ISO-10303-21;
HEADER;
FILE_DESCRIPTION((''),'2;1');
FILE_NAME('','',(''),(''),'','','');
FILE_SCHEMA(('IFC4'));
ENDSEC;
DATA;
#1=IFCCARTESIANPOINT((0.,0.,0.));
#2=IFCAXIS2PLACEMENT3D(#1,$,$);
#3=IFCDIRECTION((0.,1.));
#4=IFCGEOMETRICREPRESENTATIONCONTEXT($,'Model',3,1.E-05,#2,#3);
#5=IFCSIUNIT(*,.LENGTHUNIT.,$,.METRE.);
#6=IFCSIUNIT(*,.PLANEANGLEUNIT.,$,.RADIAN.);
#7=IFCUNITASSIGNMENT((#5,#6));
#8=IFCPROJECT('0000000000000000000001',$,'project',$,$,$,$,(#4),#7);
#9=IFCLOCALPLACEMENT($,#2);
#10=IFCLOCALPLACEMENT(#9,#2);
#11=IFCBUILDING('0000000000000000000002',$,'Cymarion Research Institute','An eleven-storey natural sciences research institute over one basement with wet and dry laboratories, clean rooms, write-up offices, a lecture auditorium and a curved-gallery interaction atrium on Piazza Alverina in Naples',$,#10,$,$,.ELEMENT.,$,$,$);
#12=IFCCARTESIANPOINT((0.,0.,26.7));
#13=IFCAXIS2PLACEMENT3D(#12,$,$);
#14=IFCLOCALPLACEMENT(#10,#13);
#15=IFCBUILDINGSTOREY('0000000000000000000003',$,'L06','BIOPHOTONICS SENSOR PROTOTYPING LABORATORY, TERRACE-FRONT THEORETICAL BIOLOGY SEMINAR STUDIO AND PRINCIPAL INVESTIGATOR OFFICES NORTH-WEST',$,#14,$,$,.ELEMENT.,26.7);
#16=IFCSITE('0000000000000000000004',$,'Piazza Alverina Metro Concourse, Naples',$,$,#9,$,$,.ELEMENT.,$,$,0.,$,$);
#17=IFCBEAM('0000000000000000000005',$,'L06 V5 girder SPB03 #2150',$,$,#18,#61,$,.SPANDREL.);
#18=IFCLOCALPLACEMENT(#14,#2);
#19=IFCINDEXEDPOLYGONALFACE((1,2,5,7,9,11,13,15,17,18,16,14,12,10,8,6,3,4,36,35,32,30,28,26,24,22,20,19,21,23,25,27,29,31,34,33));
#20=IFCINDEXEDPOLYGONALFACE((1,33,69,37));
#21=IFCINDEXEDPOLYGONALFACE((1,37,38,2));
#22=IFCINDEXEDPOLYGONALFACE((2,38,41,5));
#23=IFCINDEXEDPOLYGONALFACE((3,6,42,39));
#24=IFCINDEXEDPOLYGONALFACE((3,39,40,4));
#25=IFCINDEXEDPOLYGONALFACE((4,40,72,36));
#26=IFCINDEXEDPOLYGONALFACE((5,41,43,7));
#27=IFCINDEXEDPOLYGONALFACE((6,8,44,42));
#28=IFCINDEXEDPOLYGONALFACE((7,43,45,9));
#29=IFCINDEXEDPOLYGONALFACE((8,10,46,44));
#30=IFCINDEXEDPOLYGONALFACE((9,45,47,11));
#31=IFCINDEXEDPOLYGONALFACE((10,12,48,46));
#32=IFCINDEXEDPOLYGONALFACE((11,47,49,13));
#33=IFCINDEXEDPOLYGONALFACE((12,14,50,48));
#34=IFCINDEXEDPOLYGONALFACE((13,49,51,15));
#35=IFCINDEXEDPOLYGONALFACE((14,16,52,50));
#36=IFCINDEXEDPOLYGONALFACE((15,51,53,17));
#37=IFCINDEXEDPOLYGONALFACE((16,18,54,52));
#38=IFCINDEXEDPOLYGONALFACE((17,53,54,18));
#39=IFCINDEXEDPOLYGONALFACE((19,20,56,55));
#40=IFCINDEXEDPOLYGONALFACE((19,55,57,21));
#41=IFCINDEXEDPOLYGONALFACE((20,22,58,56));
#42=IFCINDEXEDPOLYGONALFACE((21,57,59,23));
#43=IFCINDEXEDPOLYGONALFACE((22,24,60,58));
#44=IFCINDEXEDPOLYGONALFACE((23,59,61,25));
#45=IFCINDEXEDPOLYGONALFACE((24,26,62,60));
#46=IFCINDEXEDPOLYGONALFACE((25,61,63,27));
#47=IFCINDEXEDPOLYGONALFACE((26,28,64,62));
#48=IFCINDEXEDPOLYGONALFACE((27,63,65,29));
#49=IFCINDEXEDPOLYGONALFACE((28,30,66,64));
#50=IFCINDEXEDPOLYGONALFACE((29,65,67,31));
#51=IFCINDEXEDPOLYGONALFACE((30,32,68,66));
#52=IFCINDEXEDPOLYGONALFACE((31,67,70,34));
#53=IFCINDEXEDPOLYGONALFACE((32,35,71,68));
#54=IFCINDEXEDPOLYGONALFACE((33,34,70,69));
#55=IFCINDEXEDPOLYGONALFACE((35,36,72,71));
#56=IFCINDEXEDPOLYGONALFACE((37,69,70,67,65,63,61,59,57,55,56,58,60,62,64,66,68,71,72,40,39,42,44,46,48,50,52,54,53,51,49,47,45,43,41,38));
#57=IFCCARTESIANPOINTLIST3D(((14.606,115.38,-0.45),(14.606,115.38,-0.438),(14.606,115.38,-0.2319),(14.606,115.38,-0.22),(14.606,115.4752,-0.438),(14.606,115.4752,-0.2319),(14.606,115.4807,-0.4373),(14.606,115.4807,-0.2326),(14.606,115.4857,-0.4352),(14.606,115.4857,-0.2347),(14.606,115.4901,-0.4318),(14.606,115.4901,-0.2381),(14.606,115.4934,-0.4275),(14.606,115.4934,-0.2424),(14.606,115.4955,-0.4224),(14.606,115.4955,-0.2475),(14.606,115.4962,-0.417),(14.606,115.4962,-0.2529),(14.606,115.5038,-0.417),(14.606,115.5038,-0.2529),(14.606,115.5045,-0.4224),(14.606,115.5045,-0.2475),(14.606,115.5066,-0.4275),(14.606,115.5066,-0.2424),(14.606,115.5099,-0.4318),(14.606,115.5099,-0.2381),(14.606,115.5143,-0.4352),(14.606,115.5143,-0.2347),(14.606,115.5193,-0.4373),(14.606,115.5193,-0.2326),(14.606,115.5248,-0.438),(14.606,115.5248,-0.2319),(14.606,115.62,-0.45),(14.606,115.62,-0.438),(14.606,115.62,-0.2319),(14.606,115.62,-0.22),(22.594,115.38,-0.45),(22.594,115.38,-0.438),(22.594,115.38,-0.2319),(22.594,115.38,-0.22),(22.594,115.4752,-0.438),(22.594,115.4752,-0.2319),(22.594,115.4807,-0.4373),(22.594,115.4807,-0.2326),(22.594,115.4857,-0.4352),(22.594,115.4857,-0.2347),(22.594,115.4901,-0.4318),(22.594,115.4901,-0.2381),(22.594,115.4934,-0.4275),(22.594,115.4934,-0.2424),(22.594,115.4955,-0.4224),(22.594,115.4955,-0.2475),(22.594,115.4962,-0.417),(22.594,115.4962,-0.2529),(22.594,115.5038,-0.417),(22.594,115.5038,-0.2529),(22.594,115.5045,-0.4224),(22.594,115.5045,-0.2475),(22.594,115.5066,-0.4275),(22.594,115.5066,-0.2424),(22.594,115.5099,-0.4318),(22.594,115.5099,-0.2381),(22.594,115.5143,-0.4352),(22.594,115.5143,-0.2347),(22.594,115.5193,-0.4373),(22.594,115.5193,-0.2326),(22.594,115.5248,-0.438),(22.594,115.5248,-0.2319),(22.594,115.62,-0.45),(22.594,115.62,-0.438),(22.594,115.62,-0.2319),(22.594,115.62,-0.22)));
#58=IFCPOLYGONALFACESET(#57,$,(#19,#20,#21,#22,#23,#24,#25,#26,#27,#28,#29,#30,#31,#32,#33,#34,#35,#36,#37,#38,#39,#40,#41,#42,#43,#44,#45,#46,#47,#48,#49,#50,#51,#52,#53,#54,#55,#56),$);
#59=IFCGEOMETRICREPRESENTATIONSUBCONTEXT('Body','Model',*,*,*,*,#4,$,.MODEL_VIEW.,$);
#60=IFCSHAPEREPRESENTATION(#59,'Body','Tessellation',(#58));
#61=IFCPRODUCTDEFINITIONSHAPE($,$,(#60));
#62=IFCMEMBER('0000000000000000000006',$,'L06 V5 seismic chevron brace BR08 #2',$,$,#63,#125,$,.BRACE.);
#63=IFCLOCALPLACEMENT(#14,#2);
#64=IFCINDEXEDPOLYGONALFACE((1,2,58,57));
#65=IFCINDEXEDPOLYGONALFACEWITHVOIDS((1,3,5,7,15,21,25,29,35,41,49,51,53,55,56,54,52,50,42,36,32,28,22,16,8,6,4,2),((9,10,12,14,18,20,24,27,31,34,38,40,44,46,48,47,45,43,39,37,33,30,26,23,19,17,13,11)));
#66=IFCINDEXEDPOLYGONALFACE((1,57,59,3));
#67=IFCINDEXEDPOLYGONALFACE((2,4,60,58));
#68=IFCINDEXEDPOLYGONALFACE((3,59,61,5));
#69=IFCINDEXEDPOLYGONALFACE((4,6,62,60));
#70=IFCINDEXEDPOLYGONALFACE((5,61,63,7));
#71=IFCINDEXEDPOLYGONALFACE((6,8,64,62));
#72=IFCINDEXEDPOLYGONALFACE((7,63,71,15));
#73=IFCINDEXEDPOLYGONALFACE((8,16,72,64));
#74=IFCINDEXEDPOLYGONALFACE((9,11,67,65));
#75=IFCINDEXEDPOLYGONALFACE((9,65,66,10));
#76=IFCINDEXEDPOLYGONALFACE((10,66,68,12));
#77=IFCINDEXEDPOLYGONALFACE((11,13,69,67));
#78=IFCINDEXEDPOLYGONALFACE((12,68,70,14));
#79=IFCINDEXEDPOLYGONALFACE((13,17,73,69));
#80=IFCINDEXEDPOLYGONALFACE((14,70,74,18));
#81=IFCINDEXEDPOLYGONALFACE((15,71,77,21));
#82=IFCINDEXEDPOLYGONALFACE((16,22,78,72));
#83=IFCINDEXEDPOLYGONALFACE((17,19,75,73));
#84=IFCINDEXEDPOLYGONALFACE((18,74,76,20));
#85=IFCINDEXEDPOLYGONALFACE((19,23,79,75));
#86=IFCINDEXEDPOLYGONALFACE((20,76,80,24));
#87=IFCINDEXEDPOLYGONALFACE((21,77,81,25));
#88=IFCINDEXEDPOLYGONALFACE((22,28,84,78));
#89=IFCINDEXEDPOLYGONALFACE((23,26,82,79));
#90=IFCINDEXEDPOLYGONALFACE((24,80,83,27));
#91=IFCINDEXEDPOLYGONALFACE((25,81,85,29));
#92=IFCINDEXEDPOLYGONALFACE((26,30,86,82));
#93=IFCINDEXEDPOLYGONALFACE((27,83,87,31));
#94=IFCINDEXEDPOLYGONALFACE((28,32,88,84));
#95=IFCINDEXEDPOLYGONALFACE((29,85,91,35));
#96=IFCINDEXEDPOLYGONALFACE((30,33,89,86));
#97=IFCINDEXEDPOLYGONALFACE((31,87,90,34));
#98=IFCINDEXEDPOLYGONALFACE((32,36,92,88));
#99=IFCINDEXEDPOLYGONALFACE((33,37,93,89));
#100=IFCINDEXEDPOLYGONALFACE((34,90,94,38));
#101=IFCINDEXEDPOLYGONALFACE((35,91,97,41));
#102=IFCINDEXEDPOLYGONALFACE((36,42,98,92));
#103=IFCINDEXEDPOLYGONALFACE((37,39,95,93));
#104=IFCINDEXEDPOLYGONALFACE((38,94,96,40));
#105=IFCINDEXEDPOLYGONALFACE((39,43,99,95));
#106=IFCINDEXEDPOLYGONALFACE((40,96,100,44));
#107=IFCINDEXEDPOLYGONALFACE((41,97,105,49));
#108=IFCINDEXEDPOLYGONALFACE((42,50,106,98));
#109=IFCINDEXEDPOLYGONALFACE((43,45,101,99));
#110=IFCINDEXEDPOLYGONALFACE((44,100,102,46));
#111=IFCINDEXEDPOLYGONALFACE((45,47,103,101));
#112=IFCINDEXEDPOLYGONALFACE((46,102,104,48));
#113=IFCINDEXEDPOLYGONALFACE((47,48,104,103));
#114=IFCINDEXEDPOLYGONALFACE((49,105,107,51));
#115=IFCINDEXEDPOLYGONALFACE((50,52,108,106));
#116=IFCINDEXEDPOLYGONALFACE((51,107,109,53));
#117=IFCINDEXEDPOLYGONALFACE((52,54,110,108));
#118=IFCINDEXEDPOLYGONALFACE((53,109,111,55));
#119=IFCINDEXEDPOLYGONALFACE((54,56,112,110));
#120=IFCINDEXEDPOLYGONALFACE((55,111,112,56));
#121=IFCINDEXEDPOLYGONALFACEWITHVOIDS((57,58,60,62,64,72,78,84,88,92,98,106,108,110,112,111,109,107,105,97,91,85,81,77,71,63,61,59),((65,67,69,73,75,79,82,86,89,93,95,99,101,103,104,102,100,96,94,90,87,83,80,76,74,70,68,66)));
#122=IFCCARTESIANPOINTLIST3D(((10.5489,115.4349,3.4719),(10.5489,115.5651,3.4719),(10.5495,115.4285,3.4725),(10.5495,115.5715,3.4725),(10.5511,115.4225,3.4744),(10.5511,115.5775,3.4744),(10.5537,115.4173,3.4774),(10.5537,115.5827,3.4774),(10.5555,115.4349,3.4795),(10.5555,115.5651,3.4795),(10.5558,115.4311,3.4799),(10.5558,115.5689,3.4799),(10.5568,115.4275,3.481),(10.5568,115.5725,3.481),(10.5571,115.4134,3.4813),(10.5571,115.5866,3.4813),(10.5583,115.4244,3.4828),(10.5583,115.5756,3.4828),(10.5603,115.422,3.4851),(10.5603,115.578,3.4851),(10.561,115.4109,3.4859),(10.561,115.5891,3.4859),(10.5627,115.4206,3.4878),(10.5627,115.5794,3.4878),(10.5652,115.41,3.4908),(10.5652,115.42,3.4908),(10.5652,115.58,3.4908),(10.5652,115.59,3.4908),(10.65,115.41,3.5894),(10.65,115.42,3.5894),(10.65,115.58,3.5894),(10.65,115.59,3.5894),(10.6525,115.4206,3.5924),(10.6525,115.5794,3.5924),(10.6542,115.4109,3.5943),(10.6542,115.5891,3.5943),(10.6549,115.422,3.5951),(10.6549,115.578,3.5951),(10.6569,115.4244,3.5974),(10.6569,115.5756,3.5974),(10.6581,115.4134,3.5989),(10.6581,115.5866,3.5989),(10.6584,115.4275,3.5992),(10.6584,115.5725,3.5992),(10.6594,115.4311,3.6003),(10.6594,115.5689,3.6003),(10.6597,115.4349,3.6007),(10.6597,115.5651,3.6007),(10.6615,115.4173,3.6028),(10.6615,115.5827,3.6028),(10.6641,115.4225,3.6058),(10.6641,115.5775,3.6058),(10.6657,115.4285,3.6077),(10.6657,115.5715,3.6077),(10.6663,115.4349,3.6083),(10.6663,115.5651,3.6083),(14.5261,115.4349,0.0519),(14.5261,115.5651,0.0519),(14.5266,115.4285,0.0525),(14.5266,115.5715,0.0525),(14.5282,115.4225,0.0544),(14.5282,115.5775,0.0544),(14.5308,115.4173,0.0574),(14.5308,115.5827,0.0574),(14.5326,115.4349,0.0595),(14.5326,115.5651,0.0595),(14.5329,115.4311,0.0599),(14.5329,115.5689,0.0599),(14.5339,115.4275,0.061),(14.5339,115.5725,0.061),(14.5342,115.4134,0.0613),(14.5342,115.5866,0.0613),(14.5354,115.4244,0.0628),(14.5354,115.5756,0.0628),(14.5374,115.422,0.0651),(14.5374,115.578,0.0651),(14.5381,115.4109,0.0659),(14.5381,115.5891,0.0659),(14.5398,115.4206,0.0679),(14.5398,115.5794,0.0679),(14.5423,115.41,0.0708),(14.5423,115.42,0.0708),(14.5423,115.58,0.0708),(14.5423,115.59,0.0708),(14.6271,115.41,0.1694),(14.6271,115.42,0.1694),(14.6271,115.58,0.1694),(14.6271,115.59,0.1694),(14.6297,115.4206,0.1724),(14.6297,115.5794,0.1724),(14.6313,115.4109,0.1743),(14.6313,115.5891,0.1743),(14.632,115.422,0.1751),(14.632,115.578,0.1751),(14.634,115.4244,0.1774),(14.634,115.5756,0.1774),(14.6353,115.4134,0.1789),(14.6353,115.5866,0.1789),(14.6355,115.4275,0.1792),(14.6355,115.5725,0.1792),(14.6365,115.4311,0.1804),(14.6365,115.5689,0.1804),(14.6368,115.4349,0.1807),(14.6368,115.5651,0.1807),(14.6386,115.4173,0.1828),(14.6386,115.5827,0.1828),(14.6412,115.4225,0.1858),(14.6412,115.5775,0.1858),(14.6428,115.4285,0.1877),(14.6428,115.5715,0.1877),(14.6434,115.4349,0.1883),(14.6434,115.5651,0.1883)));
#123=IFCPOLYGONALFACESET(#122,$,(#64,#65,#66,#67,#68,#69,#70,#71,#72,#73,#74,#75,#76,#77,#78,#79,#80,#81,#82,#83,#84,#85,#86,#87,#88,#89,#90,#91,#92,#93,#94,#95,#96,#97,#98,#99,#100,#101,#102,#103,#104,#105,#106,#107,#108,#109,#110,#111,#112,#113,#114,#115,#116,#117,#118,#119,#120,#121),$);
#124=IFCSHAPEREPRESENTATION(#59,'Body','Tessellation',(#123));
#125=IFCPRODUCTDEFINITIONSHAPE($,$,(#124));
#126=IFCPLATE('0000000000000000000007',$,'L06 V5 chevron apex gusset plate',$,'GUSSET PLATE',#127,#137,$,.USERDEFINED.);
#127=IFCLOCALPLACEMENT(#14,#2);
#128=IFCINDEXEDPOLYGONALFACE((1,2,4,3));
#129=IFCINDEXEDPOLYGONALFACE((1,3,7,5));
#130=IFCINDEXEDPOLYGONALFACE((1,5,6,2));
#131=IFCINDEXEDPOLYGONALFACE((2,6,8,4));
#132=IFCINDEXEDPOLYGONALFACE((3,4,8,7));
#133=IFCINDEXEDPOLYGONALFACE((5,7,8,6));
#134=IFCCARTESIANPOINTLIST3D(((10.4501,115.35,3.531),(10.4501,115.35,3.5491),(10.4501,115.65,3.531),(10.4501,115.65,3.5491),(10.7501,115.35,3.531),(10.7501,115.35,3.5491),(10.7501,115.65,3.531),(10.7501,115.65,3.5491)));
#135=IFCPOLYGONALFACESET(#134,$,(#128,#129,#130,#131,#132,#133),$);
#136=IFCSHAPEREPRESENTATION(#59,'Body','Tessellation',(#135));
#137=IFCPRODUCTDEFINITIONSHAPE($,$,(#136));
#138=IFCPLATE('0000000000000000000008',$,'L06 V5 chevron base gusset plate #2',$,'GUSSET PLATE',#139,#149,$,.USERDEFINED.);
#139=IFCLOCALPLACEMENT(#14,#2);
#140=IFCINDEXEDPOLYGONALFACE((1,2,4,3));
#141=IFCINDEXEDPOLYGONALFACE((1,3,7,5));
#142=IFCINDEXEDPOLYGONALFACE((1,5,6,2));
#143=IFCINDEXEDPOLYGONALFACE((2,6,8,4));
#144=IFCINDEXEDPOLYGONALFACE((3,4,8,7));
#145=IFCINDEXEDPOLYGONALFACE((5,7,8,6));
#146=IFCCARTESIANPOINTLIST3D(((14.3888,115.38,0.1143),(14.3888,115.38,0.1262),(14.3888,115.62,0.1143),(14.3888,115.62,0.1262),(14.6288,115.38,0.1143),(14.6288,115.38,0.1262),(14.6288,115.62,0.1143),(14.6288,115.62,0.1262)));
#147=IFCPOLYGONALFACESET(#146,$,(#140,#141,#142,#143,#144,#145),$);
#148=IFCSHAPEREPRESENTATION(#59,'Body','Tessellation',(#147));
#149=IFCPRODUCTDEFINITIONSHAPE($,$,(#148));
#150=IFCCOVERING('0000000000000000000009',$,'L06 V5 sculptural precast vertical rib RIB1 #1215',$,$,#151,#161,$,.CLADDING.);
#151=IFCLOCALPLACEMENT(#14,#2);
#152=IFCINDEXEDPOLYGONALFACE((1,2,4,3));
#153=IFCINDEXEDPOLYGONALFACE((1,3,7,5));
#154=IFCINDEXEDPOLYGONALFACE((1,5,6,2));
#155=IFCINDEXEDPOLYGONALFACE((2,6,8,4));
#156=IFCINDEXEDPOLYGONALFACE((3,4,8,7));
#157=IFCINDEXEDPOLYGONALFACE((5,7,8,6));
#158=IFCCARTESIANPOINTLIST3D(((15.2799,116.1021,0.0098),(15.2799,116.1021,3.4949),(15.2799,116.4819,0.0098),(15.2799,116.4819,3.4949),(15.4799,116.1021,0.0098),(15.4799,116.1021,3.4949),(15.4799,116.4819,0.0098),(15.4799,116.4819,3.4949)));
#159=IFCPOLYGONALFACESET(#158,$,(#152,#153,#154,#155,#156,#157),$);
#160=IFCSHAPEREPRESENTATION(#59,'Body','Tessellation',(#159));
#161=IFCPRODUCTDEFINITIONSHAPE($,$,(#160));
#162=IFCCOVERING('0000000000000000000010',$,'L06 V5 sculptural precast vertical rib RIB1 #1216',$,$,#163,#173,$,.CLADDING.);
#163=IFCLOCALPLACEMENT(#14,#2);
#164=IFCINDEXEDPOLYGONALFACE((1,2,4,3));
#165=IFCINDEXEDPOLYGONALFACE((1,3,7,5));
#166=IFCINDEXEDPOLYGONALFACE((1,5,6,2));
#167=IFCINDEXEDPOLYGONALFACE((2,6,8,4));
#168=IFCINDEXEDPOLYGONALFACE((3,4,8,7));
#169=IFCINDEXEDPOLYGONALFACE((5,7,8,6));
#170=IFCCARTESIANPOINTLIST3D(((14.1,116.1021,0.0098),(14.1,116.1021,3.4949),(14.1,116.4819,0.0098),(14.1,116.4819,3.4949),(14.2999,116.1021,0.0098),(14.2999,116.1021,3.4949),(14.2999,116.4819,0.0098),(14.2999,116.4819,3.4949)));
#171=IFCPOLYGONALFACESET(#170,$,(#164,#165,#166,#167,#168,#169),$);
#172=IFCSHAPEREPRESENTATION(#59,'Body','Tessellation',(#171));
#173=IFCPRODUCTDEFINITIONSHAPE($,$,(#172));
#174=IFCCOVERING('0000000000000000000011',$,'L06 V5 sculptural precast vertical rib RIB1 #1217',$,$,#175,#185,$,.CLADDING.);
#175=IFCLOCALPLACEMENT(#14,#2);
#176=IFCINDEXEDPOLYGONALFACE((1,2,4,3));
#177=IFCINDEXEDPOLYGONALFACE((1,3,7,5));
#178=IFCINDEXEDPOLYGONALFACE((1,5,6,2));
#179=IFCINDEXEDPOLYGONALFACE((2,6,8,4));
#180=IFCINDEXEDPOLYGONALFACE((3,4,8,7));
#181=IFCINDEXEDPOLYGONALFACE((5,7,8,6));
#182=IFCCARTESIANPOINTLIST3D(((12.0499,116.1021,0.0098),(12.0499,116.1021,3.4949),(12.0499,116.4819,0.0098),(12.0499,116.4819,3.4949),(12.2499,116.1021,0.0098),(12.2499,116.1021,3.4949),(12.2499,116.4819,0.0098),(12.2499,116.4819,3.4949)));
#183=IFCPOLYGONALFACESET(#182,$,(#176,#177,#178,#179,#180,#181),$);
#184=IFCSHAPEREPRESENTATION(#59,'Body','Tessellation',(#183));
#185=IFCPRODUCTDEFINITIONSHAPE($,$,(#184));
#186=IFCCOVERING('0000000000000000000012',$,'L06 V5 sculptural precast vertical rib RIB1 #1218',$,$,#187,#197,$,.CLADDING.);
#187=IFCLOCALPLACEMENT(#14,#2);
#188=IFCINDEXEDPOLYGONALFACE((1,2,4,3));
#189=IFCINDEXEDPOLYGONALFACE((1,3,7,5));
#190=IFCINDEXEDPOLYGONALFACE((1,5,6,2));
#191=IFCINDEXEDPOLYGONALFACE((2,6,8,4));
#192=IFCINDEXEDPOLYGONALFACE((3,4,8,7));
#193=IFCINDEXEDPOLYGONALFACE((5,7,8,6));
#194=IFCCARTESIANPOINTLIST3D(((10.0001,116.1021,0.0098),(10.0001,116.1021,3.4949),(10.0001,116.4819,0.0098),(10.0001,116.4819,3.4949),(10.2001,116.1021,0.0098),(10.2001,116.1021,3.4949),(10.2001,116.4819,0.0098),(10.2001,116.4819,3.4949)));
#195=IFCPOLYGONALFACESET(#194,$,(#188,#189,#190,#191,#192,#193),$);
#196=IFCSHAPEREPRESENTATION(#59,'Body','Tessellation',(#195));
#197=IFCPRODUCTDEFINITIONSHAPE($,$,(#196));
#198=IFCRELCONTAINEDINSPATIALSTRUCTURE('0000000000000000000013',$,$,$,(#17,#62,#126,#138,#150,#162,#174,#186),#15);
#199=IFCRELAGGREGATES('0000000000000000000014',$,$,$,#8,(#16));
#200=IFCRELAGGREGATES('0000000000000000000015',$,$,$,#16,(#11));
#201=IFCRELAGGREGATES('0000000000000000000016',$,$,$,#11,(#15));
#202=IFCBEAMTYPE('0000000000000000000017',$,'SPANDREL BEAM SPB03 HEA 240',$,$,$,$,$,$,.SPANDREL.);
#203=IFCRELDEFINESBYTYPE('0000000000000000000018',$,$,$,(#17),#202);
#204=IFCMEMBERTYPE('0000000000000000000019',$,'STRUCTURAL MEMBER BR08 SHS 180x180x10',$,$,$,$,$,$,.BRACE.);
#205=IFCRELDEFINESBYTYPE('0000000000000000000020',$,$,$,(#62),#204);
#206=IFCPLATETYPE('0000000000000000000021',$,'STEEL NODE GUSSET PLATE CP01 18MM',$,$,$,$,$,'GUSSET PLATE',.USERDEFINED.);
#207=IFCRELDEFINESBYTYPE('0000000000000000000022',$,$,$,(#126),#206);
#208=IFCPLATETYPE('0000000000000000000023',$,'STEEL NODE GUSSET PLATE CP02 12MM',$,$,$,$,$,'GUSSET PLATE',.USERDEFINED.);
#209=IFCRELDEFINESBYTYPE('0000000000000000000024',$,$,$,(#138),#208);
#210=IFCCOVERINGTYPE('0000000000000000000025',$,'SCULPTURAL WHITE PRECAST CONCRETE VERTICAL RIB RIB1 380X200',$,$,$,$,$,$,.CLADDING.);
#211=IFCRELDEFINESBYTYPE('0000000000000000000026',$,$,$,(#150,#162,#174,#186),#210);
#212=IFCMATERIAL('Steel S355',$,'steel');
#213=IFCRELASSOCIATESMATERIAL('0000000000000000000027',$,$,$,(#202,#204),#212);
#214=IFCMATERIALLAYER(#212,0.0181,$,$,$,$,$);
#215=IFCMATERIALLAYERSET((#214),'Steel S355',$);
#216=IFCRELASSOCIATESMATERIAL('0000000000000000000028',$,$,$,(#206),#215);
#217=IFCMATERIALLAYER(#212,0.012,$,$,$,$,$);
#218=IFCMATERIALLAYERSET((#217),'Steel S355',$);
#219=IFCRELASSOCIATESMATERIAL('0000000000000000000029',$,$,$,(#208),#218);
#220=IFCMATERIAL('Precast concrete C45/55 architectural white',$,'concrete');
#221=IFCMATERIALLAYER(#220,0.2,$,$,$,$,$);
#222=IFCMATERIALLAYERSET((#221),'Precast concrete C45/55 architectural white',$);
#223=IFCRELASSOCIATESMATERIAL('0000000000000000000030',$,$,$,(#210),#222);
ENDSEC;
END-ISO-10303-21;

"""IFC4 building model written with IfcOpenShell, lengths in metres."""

from ifc_helpers import new_model, si_unit, direction, frame, origin, origin_2d, place, context, subcontext, project, spatial, rectangle, hollow_rectangle, i_section, extrude, material, layer, layer_set, material_profile, profile_set, type_object, element, save


model = new_model("IFC4")

# Units and contexts
model_context = context("Model", 3, precision=1e-05, world=origin(), true_north=direction((0.0, 1.0)))
body_context = subcontext(model_context, "Body", "Model", "MODEL_VIEW")
ifc_project = project(units=[si_unit("LENGTHUNIT", "METRE"), si_unit("PLANEANGLEUNIT", "RADIAN")], contexts=[model_context])

# Site, building, storey
site_placement = place(None, origin())
site = spatial("IfcSite", under=ifc_project, at=site_placement, Name="Piazza Alverina Metro Concourse, Naples", CompositionType="ELEMENT", RefElevation=0.0)
building_placement = place(site_placement, origin())
building = spatial("IfcBuilding", under=site, at=building_placement, Name="Cymarion Research Institute", Description="An eleven-storey natural sciences research institute over one basement with wet and dry laboratories, clean rooms, write-up offices, a lecture auditorium and a curved-gallery interaction atrium on Piazza Alverina in Naples", CompositionType="ELEMENT")
storey_placement = place(building_placement, frame((0.0, 0.0, 26.7)))
storey = spatial("IfcBuildingStorey", under=building, at=storey_placement, Name="L06", Description="BIOPHOTONICS SENSOR PROTOTYPING LABORATORY, TERRACE-FRONT THEORETICAL BIOLOGY SEMINAR STUDIO AND PRINCIPAL INVESTIGATOR OFFICES NORTH-WEST", CompositionType="ELEMENT", Elevation=26.7)

# Shared definitions
ifc_material_1 = material(Name="Steel S355", Category="steel")

# Beam
ifc_material_profile_1 = material_profile(ifc_material_1, i_section(OverallWidth=0.24, OverallDepth=0.23, WebThickness=0.0076, FlangeThickness=0.012, FilletRadius=0.021, at=origin_2d()), Name="HEA 240")
ifc_profile_set_1 = profile_set([ifc_material_profile_1], Name="Steel S355")
beam_type_1 = type_object("IfcBeamType", Name="SPANDREL BEAM SPB03 HEA 240", PredefinedType="SPANDREL", material=ifc_profile_set_1)
beam_1_placement = place(storey_placement, frame((14.606, 115.5, -0.335), z_axis=(1.0, 0.0, 0.0), x_axis=(0.0, 1.0, 0.0)))
element("IfcBeam", 1, at=beam_1_placement, inside=storey, type_object=beam_type_1, Name="L06 V5 girder SPB03 #2150", PredefinedType="SPANDREL", context=body_context, shape_type="SweptSolid", body=[
    extrude(i_section(OverallWidth=0.24, OverallDepth=0.23, WebThickness=0.0076, FlangeThickness=0.012, FilletRadius=0.021, at=origin_2d()), origin(), (0.0, 0.0, 1.0), 7.988),
])

# Member
ifc_material_profile_2 = material_profile(ifc_material_1, hollow_rectangle(XDim=0.1799, YDim=0.1799, WallThickness=0.01, InnerFilletRadius=0.0149, OuterFilletRadius=0.0249, at=origin_2d()), Name="SHS 180x180x10")
ifc_profile_set_2 = profile_set([ifc_material_profile_2], Name="Steel S355")
member_type = type_object("IfcMemberType", Name="STRUCTURAL MEMBER BR08 SHS 180x180x10", PredefinedType="BRACE", material=ifc_profile_set_2)
member_placement = place(storey_placement, frame((14.5847, 115.5, 0.1201), z_axis=(-0.758217, 0.0, 0.652002), x_axis=(0.0, -1.0, 0.0)))
element("IfcMember", 2, at=member_placement, inside=storey, type_object=member_type, Name="L06 V5 seismic chevron brace BR08 #2", PredefinedType="BRACE", context=body_context, shape_type="SweptSolid", body=[
    extrude(hollow_rectangle(XDim=0.1799, YDim=0.1799, WallThickness=0.01, InnerFilletRadius=0.0149, OuterFilletRadius=0.0249, at=origin_2d()), origin(), (0.0, 0.0, 1.0), 5.2454),
])

# Plates
ifc_layer_1 = layer(ifc_material_1, 0.0181)
ifc_layer_set_1 = layer_set([ifc_layer_1], Name="Steel S355")
plate_type_1 = type_object("IfcPlateType", Name="STEEL NODE GUSSET PLATE CP01 18MM", ElementType="GUSSET PLATE", PredefinedType="USERDEFINED", material=ifc_layer_set_1)
plate_1_placement = place(storey_placement, frame((10.6001, 115.5, 3.531), z_axis=(0.0, 0.0, 1.0), x_axis=(1.0, 0.0, 0.0)))
element("IfcPlate", 3, at=plate_1_placement, inside=storey, type_object=plate_type_1, Name="L06 V5 chevron apex gusset plate", ObjectType="GUSSET PLATE", PredefinedType="USERDEFINED", context=body_context, shape_type="SweptSolid", body=[
    extrude(rectangle(XDim=0.3, YDim=0.3, at=origin_2d()), origin(), (0.0, 0.0, 1.0), 0.0181),
])
ifc_layer_2 = layer(ifc_material_1, 0.012)
ifc_layer_set_2 = layer_set([ifc_layer_2], Name="Steel S355")
plate_type_2 = type_object("IfcPlateType", Name="STEEL NODE GUSSET PLATE CP02 12MM", ElementType="GUSSET PLATE", PredefinedType="USERDEFINED", material=ifc_layer_set_2)
plate_2_placement = place(storey_placement, frame((14.5088, 115.5, 0.1143), z_axis=(0.0, 0.0, 1.0), x_axis=(1.0, 0.0, 0.0)))
element("IfcPlate", 4, at=plate_2_placement, inside=storey, type_object=plate_type_2, Name="L06 V5 chevron base gusset plate #2", ObjectType="GUSSET PLATE", PredefinedType="USERDEFINED", context=body_context, shape_type="SweptSolid", body=[
    extrude(rectangle(XDim=0.24, YDim=0.24, at=origin_2d()), origin(), (0.0, 0.0, 1.0), 0.012),
])

# Coverings
ifc_material_2 = material(Name="Precast concrete C45/55 architectural white", Category="concrete")
ifc_layer_3 = layer(ifc_material_2, 0.2)
ifc_layer_set_3 = layer_set([ifc_layer_3], Name="Precast concrete C45/55 architectural white")
covering_type = type_object("IfcCoveringType", Name="SCULPTURAL WHITE PRECAST CONCRETE VERTICAL RIB RIB1 380X200", PredefinedType="CLADDING", material=ifc_layer_set_3)
for number, where, z_axis, x_axis, name in (
    (5, (15.3799, 116.292, 0.0098), (0.0, 0.0, 1.0), (0.0, 1.0, 0.0), "L06 V5 sculptural precast vertical rib RIB1 #1215"),
    (6, (14.2, 116.292, 0.0098), (0.0, 0.0, 1.0), (0.0, 1.0, 0.0), "L06 V5 sculptural precast vertical rib RIB1 #1216"),
    (7, (12.1499, 116.292, 0.0098), (0.0, 0.0, 1.0), (0.0, 1.0, 0.0), "L06 V5 sculptural precast vertical rib RIB1 #1217"),
    (8, (10.1001, 116.292, 0.0098), (0.0, 0.0, 1.0), (0.0, 1.0, 0.0), "L06 V5 sculptural precast vertical rib RIB1 #1218"),
):
    element("IfcCovering", number, at=place(storey_placement, frame(where, z_axis=z_axis, x_axis=x_axis)), inside=storey, type_object=covering_type, Name=name, PredefinedType="CLADDING", context=body_context, shape_type="SweptSolid", body=[
        extrude(rectangle(XDim=0.3799, YDim=0.2, at=origin_2d()), origin(), (0.0, 0.0, 1.0), 3.4851),
    ])

save(model, "model.ifc")
